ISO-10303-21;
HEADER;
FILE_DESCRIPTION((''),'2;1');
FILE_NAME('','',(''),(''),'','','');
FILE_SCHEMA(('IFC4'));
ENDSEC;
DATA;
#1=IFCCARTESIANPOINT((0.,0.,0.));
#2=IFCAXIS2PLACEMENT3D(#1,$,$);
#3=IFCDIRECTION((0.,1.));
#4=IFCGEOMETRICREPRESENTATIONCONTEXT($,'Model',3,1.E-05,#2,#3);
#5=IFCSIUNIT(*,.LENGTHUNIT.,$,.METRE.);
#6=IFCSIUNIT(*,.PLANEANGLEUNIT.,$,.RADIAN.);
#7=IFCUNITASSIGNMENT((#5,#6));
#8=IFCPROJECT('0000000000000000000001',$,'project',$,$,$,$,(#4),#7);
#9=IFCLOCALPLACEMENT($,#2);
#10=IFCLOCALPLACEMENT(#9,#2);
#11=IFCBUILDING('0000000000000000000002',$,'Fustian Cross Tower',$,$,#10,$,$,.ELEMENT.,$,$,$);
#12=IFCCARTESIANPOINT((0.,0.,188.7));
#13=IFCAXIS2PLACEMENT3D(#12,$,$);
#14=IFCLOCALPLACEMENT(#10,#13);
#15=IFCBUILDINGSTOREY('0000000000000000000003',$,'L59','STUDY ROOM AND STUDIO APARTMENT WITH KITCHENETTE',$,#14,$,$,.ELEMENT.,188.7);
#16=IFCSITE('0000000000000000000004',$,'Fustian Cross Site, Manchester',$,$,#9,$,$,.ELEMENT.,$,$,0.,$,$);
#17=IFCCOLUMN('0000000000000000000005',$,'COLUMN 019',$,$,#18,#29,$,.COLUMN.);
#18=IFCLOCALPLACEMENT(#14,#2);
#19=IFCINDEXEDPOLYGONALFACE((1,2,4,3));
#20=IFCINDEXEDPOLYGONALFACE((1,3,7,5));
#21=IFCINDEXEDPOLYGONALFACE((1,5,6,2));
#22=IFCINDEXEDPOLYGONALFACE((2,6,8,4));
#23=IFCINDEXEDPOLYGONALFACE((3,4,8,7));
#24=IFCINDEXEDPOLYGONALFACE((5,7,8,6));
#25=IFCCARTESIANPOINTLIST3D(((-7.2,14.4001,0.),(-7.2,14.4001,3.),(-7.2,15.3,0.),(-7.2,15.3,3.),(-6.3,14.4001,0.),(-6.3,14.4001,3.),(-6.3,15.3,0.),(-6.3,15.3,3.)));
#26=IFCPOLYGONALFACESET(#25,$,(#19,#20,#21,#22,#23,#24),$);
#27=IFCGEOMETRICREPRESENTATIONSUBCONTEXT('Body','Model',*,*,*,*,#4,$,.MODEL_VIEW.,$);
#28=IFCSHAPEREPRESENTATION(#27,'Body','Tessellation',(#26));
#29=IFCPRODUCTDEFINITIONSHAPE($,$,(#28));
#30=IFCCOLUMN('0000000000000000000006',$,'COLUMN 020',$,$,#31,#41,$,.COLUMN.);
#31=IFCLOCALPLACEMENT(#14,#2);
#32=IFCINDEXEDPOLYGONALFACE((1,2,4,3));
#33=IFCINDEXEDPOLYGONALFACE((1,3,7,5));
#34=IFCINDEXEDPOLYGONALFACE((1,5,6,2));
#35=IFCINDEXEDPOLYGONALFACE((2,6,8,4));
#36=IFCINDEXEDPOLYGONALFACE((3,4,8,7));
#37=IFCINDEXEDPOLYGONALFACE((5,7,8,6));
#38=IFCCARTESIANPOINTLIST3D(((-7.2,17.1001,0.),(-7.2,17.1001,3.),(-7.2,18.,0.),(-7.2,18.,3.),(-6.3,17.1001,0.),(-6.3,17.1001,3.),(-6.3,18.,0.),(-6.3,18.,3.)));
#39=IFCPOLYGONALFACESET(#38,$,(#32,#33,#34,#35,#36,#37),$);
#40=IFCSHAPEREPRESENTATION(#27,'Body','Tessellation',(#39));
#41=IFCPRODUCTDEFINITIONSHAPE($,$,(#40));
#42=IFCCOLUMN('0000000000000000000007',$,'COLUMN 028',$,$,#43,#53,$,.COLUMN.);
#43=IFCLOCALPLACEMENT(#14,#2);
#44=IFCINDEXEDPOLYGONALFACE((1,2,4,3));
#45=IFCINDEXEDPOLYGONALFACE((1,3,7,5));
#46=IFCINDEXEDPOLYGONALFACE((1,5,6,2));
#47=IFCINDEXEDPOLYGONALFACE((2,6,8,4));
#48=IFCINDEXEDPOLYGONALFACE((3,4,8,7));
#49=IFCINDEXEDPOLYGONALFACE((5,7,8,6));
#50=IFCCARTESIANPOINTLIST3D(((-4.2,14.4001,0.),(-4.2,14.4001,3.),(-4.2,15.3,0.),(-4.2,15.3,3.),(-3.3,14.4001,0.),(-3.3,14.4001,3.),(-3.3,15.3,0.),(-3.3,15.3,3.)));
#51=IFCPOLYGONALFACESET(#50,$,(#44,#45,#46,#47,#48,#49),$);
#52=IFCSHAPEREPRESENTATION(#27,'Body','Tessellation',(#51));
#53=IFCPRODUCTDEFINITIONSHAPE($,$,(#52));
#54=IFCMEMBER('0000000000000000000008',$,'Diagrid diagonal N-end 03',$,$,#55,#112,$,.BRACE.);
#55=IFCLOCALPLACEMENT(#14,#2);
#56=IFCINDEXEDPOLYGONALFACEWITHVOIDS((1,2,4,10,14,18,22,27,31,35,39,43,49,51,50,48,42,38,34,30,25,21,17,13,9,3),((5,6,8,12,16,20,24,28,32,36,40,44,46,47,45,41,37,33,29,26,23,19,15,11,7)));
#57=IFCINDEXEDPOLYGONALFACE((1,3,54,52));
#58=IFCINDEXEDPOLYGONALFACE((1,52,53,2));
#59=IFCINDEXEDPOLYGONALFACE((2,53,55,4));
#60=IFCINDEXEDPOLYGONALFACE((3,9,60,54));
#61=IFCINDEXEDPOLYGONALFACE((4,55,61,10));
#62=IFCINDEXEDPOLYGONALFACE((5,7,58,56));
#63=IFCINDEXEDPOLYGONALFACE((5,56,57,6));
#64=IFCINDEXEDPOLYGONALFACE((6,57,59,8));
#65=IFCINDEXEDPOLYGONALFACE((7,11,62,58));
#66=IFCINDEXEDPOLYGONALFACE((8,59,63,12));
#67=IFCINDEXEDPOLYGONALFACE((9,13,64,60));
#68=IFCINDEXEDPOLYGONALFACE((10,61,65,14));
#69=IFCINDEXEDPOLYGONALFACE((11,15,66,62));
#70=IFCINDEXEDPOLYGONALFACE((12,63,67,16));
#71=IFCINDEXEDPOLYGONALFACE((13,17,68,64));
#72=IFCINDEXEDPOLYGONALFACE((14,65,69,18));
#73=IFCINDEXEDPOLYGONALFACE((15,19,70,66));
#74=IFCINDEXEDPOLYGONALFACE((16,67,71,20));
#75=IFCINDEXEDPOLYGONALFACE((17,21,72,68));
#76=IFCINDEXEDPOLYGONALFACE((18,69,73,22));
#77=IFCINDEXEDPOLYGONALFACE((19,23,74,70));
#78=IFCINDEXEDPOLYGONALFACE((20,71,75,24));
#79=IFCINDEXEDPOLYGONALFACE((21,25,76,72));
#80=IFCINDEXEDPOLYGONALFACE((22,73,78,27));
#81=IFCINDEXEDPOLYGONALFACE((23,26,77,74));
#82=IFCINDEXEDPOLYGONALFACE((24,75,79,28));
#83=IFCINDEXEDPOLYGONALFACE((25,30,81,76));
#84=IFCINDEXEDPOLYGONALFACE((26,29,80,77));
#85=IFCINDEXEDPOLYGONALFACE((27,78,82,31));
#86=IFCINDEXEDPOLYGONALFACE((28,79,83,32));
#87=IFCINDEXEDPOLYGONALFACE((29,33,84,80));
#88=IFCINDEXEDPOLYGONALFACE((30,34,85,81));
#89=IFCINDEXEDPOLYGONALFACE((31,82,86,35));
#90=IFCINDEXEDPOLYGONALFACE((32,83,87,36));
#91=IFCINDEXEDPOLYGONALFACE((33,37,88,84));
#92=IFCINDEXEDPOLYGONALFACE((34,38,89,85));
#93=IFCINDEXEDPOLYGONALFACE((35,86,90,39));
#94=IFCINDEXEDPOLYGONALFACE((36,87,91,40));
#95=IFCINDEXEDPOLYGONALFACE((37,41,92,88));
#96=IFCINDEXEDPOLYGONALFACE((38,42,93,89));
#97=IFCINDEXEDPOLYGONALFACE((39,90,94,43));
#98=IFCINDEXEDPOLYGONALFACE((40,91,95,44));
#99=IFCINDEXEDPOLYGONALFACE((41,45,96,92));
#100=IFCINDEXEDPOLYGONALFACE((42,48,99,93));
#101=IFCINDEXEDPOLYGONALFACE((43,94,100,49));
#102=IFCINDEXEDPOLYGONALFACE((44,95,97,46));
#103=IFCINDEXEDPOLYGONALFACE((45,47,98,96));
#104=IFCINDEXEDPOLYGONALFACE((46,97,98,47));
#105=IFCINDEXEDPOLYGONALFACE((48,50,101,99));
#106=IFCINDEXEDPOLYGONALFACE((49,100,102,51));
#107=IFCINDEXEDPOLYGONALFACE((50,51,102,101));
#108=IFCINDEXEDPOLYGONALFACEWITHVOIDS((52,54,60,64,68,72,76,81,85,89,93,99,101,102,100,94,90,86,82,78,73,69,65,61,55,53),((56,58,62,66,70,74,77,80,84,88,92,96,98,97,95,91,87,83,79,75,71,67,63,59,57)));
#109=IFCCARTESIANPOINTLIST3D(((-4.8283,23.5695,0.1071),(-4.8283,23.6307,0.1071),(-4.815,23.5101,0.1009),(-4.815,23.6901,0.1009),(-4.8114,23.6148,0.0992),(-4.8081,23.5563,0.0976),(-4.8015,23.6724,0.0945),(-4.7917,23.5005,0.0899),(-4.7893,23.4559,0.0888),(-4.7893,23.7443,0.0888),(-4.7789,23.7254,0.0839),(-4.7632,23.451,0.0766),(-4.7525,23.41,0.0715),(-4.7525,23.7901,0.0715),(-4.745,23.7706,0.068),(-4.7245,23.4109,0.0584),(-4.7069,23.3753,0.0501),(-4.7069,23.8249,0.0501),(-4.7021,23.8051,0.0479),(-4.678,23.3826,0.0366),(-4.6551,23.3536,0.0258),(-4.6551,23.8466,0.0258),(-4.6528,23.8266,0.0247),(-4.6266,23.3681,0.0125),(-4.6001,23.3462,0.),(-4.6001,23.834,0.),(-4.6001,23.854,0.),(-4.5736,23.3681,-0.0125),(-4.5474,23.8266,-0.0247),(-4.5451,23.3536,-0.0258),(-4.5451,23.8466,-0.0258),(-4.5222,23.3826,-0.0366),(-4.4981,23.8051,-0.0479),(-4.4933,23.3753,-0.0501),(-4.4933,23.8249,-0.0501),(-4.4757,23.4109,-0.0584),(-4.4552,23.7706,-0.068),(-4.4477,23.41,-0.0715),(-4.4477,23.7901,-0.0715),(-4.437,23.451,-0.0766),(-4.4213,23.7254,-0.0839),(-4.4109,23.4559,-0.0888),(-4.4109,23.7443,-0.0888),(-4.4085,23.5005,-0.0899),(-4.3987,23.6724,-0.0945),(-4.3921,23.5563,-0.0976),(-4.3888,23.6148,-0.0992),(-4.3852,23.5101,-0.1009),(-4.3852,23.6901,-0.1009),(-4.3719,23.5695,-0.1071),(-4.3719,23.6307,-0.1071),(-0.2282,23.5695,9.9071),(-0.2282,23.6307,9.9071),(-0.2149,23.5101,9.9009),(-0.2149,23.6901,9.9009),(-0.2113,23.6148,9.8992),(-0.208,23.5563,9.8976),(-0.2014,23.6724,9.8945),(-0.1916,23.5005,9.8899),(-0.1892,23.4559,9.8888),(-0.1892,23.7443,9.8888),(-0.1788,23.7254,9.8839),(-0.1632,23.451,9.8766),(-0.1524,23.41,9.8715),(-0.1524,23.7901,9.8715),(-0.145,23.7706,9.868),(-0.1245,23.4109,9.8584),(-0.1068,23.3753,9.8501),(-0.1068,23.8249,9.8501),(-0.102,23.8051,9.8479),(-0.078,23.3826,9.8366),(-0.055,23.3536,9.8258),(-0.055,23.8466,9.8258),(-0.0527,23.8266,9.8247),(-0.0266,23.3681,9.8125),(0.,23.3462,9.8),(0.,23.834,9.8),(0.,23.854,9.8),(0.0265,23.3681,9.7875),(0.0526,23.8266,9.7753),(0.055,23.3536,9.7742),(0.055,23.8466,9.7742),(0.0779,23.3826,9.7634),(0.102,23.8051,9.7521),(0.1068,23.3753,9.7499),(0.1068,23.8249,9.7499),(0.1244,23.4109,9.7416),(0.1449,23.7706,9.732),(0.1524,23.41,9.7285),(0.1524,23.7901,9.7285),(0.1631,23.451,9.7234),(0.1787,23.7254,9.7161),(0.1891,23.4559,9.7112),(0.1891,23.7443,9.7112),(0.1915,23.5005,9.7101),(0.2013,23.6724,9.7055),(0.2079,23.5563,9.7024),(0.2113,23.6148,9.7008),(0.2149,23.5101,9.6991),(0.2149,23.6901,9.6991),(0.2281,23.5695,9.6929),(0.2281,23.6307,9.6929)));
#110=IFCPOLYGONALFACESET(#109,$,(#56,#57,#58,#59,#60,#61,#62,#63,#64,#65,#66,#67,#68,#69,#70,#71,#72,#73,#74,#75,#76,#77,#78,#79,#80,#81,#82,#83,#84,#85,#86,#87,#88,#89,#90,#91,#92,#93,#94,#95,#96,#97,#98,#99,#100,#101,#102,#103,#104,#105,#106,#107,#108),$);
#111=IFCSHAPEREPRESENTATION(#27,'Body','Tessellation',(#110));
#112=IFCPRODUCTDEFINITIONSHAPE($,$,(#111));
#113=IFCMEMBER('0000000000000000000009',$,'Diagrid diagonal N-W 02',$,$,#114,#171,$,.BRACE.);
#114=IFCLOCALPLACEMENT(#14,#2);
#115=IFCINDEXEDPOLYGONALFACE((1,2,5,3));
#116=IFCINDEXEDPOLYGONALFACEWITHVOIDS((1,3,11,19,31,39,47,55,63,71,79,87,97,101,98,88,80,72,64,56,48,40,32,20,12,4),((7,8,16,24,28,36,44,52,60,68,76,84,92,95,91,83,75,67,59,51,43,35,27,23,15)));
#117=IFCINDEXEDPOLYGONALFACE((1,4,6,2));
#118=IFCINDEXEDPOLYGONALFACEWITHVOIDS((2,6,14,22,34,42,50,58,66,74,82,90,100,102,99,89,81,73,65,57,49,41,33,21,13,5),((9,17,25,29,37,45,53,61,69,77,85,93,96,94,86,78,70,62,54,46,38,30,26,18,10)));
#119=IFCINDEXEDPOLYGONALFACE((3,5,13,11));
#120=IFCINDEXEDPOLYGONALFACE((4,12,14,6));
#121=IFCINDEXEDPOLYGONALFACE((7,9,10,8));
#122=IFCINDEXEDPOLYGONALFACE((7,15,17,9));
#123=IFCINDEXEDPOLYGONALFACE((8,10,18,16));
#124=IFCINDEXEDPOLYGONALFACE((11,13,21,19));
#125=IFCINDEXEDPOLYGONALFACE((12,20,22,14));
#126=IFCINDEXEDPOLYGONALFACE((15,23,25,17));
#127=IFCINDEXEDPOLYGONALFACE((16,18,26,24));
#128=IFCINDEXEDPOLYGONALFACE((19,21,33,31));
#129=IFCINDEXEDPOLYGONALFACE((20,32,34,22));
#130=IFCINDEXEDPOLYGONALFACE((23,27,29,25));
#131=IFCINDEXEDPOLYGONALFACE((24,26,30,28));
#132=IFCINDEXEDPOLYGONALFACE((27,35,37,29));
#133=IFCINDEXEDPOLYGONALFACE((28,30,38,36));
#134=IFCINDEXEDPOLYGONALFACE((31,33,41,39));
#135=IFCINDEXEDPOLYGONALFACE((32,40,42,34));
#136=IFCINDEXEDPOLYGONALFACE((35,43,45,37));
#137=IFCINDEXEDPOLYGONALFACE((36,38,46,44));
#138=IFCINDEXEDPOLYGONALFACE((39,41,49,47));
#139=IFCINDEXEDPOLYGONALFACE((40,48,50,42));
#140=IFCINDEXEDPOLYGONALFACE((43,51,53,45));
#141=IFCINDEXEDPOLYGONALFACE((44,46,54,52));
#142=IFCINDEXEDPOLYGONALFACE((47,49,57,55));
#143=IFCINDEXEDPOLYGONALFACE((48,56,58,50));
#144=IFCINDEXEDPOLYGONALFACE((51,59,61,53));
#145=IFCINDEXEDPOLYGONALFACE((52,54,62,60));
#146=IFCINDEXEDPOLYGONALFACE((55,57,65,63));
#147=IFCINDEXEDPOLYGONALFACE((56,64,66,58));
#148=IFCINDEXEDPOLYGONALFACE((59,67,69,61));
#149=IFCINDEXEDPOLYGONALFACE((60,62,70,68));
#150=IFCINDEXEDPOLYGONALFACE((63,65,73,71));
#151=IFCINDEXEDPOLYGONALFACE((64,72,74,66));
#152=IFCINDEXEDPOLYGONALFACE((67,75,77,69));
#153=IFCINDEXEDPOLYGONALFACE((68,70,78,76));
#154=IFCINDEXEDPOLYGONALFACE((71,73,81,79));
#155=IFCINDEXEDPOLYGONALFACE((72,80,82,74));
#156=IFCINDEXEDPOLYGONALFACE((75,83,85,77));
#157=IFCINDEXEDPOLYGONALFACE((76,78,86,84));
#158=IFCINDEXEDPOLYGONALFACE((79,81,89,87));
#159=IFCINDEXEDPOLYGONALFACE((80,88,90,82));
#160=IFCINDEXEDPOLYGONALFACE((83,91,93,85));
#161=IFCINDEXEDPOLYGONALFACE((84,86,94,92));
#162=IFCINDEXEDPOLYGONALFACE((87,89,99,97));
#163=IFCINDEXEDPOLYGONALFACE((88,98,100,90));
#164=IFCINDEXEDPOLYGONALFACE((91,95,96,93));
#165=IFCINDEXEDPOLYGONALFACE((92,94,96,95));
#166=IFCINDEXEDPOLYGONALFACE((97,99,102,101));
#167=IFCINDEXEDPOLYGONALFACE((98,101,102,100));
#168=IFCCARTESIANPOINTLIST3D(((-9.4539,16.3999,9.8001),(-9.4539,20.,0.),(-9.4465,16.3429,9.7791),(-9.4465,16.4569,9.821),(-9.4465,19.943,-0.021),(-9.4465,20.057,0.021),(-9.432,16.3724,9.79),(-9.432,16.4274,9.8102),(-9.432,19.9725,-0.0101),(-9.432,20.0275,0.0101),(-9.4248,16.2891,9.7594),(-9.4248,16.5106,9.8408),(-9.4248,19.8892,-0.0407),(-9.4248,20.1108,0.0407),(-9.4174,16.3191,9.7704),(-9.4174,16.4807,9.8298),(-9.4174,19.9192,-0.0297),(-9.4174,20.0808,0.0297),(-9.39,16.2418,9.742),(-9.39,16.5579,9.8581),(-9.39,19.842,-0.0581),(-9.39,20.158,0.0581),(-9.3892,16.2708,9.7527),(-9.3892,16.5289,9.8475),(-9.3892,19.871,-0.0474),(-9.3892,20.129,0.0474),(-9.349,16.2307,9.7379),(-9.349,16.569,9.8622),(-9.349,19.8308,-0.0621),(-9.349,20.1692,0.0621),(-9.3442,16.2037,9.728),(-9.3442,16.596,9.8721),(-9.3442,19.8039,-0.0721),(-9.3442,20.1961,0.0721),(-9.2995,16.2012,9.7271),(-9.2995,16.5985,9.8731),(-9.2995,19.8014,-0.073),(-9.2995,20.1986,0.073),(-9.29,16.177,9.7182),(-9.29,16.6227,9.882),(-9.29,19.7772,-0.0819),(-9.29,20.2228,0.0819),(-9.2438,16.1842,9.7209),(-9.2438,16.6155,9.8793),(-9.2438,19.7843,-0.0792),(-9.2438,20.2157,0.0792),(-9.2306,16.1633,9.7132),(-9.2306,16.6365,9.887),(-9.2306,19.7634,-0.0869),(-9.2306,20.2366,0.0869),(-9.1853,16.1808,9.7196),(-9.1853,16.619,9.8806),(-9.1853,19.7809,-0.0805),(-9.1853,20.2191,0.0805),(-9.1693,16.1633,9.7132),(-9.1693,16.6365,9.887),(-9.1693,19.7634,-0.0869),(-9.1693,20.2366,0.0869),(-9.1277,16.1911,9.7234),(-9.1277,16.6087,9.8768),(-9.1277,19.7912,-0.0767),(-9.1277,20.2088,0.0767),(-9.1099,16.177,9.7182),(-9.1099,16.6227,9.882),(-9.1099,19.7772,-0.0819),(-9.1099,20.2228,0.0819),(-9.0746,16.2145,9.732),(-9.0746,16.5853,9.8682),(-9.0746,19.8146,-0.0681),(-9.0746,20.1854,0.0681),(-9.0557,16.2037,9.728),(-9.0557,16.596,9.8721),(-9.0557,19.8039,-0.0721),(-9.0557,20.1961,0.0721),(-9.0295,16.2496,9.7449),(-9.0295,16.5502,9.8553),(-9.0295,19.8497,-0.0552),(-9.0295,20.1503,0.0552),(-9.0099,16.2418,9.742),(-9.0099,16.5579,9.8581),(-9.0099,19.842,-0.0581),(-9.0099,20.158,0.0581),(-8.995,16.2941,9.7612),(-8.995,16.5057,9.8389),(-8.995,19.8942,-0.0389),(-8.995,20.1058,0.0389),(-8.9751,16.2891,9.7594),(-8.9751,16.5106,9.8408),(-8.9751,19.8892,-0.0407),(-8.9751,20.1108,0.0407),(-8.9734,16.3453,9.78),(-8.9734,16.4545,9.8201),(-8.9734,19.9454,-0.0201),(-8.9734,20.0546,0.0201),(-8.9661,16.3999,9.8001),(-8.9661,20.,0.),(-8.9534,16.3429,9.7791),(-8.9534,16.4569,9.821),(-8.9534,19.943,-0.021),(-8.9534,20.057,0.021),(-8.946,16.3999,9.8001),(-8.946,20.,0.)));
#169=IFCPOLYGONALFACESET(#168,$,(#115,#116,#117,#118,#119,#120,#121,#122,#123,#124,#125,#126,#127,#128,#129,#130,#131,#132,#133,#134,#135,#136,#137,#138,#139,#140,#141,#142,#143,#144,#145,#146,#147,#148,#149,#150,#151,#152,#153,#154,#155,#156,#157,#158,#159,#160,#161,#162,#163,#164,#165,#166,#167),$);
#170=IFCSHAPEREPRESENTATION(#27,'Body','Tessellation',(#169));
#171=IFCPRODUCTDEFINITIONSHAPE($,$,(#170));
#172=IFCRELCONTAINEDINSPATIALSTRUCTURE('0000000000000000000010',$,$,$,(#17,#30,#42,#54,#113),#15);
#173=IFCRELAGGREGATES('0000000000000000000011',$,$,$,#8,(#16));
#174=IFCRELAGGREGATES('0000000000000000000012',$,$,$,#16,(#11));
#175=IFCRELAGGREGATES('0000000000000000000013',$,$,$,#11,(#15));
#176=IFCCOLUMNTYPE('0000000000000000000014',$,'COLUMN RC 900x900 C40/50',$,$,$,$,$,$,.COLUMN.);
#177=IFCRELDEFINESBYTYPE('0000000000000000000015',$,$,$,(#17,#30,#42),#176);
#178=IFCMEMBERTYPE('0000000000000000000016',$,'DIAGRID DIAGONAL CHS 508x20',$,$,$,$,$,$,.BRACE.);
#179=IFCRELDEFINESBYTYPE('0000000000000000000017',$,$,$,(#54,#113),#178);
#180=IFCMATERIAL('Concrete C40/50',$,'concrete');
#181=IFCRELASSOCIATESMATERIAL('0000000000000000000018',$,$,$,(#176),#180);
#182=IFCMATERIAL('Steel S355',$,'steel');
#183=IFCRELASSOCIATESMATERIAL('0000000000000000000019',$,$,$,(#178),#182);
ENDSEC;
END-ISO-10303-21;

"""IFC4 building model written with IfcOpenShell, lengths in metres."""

from ifc_helpers import new_model, si_unit, direction, frame, origin, origin_2d, place, context, subcontext, project, spatial, rectangle, hollow_circle, extrude, material, material_profile, profile_set, type_object, element, save


model = new_model("IFC4")

# Units and contexts
model_context = context("Model", 3, precision=1e-05, world=origin(), true_north=direction((0.0, 1.0)))
body_context = subcontext(model_context, "Body", "Model", "MODEL_VIEW")
ifc_project = project(units=[si_unit("LENGTHUNIT", "METRE"), si_unit("PLANEANGLEUNIT", "RADIAN")], contexts=[model_context])

# Site, building, storey
site_placement = place(None, origin())
site = spatial("IfcSite", under=ifc_project, at=site_placement, Name="Fustian Cross Site, Manchester", CompositionType="ELEMENT", RefElevation=0.0)
building_placement = place(site_placement, origin())
building = spatial("IfcBuilding", under=site, at=building_placement, Name="Fustian Cross Tower", CompositionType="ELEMENT")
storey_placement = place(building_placement, frame((0.0, 0.0, 188.7)))
storey = spatial("IfcBuildingStorey", under=building, at=storey_placement, Name="L59", Description="STUDY ROOM AND STUDIO APARTMENT WITH KITCHENETTE", CompositionType="ELEMENT", Elevation=188.7)

# Columns
ifc_material_1 = material(Name="Concrete C40/50", Category="concrete")
ifc_material_profile_1 = material_profile(ifc_material_1, rectangle(XDim=0.8999, YDim=0.8999, at=origin_2d()), Name="RC 900x900")
ifc_profile_set_1 = profile_set([ifc_material_profile_1], Name="Concrete C40/50")
column_type = type_object("IfcColumnType", Name="COLUMN RC 900x900 C40/50", PredefinedType="COLUMN", material=ifc_profile_set_1)
for number, where, z_axis, x_axis, name in (
    (1, (-6.75, 14.8501, 0.0), (0.0, 0.0, 1.0), (1.0, 0.0, 0.0), "COLUMN 019"),
    (2, (-6.75, 17.55, 0.0), (0.0, 0.0, 1.0), (1.0, 0.0, 0.0), "COLUMN 020"),
    (3, (-3.75, 14.8501, 0.0), (0.0, 0.0, 1.0), (1.0, 0.0, 0.0), "COLUMN 028"),
):
    element("IfcColumn", number, at=place(storey_placement, frame(where, z_axis=z_axis, x_axis=x_axis)), inside=storey, type_object=column_type, Name=name, PredefinedType="COLUMN", context=body_context, shape_type="SweptSolid", body=[
        extrude(rectangle(XDim=0.8999, YDim=0.8999, at=origin_2d()), origin(), (0.0, 0.0, 1.0), 3.0),
    ])

# Members
ifc_material_2 = material(Name="Steel S355", Category="steel")
ifc_material_profile_2 = material_profile(ifc_material_2, hollow_circle(Radius=0.2539, WallThickness=0.02, at=origin_2d()), Name="CHS 508x20")
ifc_profile_set_2 = profile_set([ifc_material_profile_2], Name="Steel S355")
member_type_1 = type_object("IfcMemberType", Name="DIAGRID DIAGONAL CHS 508x20", PredefinedType="BRACE", material=ifc_profile_set_2)
member_1_placement = place(storey_placement, frame((-4.6001, 23.6001, 0.0), z_axis=(0.424913, 0.0, 0.905234), x_axis=(0.0, 1.0, 0.0)))
element("IfcMember", 4, at=member_1_placement, inside=storey, type_object=member_type_1, Name="Diagrid diagonal N-end 03", PredefinedType="BRACE", context=body_context, shape_type="SweptSolid", body=[
    extrude(hollow_circle(Radius=0.2539, WallThickness=0.02, at=origin_2d()), origin(), (0.0, 0.0, 1.0), 10.8259),
])
member_2_placement = place(storey_placement, frame((-9.2, 20.0, 0.0), z_axis=(0.0, -0.344824, 0.938667), x_axis=(1.0, 0.0, 0.0)))
element("IfcMember", 5, at=member_2_placement, inside=storey, type_object=member_type_1, Name="Diagrid diagonal N-W 02", PredefinedType="BRACE", context=body_context, shape_type="SweptSolid", body=[
    extrude(hollow_circle(Radius=0.2539, WallThickness=0.02, at=origin_2d()), origin(), (0.0, 0.0, 1.0), 10.4404),
])

save(model, "model.ifc")
